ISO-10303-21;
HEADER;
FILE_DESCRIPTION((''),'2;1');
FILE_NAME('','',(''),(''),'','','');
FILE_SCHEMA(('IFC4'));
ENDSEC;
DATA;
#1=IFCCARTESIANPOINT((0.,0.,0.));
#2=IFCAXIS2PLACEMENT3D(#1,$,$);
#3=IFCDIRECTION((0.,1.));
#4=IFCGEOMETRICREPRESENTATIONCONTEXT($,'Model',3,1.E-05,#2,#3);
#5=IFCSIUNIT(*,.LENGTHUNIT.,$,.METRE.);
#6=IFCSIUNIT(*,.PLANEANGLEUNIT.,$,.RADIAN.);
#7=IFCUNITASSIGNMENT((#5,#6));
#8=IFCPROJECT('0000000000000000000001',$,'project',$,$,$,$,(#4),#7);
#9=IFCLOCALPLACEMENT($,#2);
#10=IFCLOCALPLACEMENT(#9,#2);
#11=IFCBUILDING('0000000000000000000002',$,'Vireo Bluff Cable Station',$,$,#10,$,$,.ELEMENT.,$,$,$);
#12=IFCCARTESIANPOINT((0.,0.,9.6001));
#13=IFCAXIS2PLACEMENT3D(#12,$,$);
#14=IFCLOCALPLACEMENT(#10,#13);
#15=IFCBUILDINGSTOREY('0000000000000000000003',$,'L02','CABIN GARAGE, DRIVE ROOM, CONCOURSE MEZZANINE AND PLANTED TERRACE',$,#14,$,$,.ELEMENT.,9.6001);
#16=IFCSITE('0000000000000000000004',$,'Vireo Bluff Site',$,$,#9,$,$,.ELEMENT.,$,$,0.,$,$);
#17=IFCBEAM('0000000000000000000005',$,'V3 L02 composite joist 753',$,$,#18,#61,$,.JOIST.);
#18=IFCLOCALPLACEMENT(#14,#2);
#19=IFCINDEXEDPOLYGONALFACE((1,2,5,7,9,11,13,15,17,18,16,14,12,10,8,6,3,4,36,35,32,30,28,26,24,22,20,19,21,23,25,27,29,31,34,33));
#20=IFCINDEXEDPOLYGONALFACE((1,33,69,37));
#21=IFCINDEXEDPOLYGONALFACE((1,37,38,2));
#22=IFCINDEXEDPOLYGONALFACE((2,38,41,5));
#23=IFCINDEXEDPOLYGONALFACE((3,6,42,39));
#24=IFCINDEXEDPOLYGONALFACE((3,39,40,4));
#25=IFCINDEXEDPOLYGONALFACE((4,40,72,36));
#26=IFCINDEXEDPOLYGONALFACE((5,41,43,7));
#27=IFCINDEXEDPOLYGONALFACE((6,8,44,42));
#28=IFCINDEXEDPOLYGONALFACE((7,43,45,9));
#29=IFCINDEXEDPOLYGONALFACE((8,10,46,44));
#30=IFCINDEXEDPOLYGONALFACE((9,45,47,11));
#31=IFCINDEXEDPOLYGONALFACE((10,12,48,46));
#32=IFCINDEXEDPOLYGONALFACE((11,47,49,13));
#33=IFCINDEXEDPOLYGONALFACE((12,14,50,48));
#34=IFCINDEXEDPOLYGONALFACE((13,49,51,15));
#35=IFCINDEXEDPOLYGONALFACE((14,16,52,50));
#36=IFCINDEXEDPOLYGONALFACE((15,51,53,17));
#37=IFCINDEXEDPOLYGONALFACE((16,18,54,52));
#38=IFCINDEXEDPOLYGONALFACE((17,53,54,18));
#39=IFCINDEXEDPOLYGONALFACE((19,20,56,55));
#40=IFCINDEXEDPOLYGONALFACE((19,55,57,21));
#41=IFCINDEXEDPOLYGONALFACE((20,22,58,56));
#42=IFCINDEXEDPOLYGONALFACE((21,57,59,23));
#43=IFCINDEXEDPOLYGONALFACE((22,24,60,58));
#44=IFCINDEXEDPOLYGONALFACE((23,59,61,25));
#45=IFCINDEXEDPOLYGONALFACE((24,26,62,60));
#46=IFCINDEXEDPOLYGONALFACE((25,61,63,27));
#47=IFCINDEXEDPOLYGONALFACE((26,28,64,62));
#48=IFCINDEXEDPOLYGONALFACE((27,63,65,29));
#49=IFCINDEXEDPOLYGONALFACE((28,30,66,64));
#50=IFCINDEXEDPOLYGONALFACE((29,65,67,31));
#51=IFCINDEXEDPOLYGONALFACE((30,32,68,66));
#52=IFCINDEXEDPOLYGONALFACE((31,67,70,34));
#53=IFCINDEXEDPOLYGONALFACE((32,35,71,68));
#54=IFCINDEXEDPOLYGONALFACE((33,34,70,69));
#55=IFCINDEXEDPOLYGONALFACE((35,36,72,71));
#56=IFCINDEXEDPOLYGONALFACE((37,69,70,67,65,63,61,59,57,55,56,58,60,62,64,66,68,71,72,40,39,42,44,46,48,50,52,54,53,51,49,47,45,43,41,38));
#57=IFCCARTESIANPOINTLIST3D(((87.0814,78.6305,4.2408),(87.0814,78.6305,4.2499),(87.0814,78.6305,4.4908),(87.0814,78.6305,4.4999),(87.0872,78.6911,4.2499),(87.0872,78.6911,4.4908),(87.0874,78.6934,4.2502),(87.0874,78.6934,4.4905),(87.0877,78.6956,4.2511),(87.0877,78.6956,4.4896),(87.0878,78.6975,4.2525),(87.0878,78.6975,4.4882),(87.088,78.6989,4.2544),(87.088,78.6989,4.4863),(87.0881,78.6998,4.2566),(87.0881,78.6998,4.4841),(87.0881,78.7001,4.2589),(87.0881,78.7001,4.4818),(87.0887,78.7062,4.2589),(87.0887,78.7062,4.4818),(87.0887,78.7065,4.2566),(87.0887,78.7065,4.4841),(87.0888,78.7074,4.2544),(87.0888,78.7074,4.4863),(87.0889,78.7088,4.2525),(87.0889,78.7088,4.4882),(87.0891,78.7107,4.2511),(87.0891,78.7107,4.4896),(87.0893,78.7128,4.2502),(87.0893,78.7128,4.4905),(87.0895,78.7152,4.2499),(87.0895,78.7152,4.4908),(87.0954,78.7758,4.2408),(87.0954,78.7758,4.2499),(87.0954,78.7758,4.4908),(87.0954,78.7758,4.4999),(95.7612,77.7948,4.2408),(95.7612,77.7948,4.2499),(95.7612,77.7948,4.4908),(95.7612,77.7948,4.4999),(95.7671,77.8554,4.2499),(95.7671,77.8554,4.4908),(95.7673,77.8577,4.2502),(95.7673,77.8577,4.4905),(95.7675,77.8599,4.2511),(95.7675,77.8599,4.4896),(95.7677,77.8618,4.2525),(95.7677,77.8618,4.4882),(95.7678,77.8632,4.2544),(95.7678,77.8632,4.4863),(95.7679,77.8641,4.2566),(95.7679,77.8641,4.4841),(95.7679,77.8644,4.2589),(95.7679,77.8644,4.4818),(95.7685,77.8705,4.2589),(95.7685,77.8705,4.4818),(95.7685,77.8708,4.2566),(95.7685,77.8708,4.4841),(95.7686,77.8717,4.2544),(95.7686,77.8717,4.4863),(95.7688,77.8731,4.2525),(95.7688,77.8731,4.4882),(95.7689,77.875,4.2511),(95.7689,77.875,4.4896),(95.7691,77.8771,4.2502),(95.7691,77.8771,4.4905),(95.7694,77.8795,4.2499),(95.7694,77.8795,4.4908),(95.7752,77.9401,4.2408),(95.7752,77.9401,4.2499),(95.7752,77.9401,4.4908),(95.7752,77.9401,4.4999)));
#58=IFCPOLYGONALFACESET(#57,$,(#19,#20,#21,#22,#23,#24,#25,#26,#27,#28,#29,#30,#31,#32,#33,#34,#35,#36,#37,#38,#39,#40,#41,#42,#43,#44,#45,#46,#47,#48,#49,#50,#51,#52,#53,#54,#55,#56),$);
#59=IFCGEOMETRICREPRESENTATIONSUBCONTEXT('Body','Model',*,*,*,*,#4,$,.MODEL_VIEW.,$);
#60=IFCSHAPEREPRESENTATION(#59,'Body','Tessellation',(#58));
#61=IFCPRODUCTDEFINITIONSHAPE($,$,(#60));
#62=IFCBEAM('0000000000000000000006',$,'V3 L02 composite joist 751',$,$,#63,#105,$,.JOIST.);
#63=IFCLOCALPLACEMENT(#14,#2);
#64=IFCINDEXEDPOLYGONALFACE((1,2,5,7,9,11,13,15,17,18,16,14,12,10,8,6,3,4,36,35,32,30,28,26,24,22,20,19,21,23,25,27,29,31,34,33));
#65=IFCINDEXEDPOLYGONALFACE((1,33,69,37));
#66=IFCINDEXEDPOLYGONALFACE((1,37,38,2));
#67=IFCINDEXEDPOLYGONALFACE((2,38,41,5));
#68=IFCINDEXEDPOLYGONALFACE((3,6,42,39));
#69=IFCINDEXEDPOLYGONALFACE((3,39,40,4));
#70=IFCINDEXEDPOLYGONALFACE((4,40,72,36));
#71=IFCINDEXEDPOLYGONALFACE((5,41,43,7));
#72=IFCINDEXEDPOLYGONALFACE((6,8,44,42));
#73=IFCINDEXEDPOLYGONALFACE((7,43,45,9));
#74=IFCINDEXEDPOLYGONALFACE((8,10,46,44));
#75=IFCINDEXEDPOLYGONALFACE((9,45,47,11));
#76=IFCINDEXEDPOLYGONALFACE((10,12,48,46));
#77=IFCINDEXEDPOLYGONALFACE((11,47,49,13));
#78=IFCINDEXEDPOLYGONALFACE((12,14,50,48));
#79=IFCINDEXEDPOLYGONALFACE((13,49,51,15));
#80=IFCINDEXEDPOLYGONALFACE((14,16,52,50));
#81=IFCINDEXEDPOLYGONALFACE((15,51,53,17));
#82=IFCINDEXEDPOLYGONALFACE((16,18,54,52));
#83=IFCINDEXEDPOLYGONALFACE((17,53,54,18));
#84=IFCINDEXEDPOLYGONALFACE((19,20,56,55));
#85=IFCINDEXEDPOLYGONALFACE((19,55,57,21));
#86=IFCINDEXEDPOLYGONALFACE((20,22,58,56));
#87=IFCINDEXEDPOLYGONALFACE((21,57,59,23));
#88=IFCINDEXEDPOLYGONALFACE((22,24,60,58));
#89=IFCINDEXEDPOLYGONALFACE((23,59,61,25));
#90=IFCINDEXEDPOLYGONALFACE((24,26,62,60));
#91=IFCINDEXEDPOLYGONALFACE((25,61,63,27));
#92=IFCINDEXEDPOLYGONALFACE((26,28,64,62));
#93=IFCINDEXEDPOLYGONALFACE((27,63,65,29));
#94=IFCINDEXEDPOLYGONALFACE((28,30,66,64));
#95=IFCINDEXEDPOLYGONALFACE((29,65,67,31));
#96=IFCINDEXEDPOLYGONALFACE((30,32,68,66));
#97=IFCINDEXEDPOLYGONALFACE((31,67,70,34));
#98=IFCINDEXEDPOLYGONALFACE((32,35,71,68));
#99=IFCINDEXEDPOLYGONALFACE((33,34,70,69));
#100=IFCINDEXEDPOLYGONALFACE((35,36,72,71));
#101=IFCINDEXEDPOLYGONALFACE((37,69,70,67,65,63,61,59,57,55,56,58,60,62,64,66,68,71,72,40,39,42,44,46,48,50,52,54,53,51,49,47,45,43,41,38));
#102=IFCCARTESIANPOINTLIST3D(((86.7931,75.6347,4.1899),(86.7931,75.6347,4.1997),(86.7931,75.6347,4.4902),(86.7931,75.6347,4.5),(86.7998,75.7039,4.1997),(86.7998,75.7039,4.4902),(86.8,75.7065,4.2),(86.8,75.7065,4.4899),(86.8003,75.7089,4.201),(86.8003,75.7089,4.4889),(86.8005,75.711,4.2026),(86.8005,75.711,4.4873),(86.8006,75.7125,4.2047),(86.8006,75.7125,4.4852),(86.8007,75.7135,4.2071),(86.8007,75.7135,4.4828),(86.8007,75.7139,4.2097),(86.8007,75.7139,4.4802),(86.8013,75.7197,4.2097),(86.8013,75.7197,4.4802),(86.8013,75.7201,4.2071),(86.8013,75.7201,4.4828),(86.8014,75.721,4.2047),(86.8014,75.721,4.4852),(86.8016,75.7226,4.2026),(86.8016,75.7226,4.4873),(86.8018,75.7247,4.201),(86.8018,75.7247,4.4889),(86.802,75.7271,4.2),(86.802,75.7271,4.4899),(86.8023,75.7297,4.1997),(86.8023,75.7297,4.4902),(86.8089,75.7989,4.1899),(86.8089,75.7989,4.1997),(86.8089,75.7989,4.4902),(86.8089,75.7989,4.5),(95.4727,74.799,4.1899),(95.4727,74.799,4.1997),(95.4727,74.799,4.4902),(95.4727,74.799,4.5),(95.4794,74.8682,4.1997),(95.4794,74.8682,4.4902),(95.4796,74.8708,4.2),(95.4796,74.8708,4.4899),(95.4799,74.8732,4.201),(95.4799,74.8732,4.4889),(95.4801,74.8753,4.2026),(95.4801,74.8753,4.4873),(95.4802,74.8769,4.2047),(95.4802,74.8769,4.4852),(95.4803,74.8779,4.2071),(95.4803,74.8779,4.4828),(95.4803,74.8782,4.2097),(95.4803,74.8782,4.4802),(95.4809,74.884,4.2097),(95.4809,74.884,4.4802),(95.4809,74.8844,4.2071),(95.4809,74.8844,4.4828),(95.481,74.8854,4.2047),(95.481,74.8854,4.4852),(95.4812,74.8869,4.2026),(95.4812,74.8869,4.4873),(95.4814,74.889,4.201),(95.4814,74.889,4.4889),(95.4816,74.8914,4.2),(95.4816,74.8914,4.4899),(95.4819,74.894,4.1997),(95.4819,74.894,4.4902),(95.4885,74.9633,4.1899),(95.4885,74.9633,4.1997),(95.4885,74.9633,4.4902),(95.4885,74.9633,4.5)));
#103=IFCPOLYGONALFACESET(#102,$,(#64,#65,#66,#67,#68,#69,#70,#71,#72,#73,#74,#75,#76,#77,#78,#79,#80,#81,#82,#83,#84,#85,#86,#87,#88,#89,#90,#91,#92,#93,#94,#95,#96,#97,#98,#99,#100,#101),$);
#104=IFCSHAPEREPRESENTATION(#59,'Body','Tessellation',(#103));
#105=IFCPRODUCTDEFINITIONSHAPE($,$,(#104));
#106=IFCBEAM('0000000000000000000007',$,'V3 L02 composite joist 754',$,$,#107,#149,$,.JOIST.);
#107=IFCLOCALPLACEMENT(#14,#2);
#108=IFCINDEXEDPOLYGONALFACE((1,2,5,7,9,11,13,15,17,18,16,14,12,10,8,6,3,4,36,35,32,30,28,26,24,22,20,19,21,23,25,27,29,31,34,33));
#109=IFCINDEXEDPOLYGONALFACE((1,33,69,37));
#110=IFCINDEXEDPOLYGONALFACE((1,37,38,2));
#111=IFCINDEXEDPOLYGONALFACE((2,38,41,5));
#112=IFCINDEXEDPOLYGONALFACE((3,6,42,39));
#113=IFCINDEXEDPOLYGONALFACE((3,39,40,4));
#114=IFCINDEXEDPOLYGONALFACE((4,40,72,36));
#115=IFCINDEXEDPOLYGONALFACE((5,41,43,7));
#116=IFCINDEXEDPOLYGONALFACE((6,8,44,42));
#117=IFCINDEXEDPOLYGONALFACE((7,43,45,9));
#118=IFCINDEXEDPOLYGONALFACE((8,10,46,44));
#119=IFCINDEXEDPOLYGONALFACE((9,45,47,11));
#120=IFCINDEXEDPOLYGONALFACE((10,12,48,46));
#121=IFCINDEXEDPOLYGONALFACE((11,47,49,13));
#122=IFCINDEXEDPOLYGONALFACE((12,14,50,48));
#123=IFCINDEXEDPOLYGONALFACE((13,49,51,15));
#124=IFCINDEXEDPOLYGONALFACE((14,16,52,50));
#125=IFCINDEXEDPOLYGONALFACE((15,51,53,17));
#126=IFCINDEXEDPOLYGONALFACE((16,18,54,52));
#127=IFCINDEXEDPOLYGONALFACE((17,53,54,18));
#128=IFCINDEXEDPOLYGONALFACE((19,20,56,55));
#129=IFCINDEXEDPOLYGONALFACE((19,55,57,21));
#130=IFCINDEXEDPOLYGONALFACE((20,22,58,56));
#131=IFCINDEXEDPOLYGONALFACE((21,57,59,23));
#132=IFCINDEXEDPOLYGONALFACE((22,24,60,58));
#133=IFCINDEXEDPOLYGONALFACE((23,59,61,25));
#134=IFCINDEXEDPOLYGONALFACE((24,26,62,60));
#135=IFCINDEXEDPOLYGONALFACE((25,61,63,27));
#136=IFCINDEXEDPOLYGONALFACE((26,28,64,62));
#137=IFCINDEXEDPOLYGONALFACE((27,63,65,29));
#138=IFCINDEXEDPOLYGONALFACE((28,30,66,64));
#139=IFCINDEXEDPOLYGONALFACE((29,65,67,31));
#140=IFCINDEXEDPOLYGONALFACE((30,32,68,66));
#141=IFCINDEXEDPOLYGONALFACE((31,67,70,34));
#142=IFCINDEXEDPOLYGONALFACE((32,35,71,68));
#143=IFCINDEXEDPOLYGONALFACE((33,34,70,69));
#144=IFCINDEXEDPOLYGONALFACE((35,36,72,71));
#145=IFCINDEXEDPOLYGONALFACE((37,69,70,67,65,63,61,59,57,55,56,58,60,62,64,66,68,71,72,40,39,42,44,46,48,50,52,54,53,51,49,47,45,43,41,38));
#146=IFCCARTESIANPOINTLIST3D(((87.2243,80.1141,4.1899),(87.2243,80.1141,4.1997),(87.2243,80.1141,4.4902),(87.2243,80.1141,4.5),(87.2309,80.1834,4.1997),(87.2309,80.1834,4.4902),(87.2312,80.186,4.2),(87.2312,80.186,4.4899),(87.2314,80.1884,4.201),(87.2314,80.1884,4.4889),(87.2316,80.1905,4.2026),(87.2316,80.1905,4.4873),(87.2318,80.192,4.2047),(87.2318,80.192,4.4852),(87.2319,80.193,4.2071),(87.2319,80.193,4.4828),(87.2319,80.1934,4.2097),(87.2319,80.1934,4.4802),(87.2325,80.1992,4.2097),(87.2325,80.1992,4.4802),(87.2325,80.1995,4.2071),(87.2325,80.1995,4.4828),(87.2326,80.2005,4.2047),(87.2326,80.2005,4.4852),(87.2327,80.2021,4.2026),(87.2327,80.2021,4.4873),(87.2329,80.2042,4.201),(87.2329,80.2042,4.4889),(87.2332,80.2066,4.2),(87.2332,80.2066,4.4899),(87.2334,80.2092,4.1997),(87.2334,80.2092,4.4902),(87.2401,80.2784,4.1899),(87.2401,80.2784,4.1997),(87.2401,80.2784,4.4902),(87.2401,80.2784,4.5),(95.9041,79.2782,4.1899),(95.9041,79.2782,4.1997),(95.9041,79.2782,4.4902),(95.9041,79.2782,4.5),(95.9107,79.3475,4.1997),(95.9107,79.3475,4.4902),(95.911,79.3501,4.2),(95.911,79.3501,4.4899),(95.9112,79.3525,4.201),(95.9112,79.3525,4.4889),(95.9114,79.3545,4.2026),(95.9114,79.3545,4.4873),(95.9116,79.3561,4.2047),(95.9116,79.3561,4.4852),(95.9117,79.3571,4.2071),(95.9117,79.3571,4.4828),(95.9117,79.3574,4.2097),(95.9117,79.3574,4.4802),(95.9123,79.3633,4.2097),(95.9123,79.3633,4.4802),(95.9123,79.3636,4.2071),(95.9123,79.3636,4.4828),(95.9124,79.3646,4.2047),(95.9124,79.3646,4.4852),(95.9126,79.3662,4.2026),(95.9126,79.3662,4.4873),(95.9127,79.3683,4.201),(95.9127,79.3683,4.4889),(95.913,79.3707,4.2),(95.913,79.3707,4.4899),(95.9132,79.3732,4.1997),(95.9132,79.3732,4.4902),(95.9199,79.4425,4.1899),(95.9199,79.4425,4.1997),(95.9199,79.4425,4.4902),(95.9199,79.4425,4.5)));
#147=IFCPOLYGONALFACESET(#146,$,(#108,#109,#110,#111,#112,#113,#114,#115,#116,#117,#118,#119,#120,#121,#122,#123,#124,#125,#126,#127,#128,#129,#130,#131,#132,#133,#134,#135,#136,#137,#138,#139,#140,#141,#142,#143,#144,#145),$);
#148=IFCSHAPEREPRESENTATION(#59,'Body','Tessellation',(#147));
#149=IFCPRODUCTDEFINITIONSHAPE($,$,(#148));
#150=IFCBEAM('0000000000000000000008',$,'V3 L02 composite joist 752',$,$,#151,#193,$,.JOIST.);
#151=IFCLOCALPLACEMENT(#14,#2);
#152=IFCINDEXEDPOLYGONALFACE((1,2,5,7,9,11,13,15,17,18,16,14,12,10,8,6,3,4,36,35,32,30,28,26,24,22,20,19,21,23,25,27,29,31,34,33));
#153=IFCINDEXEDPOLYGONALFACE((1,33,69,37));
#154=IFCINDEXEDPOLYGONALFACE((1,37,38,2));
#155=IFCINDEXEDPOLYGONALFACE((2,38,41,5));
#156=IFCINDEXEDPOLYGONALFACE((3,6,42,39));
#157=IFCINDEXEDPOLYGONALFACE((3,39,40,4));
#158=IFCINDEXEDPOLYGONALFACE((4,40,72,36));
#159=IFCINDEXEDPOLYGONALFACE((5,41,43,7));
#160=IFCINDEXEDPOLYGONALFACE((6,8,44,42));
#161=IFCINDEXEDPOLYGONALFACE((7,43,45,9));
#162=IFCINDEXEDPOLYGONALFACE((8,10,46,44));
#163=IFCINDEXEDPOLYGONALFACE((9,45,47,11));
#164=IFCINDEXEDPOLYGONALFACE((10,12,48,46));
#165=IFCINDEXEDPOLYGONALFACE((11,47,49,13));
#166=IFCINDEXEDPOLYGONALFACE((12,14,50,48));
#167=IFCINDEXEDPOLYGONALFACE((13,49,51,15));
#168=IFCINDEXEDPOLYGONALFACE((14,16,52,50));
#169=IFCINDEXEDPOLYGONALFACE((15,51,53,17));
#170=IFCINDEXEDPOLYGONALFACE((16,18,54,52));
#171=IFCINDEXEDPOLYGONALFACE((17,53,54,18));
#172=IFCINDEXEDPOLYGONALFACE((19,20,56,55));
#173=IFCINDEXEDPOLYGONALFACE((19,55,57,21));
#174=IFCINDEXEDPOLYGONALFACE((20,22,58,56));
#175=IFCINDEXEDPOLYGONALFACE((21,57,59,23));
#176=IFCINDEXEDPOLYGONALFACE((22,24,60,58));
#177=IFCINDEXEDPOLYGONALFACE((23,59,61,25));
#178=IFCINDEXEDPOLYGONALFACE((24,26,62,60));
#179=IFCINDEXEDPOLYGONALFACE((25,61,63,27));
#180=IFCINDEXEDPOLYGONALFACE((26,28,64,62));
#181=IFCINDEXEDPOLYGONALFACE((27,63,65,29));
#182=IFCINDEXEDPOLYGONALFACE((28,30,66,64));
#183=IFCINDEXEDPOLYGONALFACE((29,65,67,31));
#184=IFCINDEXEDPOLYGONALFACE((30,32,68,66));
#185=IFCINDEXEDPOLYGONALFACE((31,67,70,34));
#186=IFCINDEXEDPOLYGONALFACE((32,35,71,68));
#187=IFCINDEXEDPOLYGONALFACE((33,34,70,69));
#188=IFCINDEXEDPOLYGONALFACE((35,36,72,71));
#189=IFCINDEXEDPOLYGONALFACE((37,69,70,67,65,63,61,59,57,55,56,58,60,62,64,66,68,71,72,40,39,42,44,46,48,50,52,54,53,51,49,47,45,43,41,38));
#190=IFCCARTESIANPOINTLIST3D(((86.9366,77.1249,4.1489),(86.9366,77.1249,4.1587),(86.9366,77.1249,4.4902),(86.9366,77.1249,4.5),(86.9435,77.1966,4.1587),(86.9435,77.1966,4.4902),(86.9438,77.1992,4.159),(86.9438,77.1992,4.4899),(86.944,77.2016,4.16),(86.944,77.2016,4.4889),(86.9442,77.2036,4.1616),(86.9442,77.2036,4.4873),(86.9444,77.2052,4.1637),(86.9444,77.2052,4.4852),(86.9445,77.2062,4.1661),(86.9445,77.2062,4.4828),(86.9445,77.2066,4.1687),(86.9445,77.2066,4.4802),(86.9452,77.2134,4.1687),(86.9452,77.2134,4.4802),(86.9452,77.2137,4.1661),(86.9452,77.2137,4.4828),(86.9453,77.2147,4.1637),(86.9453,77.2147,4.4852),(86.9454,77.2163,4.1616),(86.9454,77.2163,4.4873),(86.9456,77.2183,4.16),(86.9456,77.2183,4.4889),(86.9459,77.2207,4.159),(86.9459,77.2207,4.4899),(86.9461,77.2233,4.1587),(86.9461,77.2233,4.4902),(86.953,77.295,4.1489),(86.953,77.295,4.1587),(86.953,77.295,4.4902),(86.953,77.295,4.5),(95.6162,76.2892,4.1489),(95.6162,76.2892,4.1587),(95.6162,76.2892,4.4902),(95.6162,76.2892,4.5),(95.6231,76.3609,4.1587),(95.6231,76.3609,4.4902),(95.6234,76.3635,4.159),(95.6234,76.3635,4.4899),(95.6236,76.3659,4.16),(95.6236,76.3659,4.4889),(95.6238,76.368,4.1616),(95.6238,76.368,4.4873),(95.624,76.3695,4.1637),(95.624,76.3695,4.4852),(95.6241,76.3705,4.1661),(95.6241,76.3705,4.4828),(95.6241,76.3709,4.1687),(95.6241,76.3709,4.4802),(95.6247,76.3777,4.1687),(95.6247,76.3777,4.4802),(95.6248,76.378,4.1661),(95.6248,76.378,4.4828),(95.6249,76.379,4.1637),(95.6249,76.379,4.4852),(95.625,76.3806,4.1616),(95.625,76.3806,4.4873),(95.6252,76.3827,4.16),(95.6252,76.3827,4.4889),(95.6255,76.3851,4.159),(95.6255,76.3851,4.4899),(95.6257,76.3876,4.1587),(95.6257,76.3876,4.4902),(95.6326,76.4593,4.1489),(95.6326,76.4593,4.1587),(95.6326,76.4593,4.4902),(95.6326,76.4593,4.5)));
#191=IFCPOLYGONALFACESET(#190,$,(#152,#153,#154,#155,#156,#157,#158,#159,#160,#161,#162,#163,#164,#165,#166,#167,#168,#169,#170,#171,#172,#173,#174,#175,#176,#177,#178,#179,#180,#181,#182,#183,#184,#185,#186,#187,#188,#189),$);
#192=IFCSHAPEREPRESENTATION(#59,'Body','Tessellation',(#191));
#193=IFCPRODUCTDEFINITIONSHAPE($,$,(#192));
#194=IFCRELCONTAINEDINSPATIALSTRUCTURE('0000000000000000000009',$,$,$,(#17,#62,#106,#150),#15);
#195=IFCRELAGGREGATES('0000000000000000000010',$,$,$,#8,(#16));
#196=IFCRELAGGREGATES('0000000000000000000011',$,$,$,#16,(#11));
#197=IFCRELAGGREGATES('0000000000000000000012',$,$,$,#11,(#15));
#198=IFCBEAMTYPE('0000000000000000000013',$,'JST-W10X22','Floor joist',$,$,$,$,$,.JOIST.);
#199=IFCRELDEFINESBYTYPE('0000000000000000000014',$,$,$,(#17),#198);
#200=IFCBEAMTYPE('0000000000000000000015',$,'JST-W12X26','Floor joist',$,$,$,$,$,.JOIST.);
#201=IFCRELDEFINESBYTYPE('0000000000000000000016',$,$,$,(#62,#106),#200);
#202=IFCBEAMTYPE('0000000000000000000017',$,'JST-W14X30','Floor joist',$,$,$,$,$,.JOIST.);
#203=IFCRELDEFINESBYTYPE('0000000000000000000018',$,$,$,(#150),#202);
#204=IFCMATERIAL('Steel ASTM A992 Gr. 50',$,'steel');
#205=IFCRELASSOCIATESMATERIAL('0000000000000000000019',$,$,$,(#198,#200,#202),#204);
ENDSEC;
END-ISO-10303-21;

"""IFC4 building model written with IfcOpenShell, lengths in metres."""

from ifc_helpers import new_model, si_unit, direction, frame, origin, origin_2d, place, context, subcontext, project, spatial, i_section, extrude, material, material_profile, profile_set, type_object, element, save


model = new_model("IFC4")

# Units and contexts
model_context = context("Model", 3, precision=1e-05, world=origin(), true_north=direction((0.0, 1.0)))
body_context = subcontext(model_context, "Body", "Model", "MODEL_VIEW")
ifc_project = project(units=[si_unit("LENGTHUNIT", "METRE"), si_unit("PLANEANGLEUNIT", "RADIAN")], contexts=[model_context])

# Site, building, storey
site_placement = place(None, origin())
site = spatial("IfcSite", under=ifc_project, at=site_placement, Name="Vireo Bluff Site", CompositionType="ELEMENT", RefElevation=0.0)
building_placement = place(site_placement, origin())
building = spatial("IfcBuilding", under=site, at=building_placement, Name="Vireo Bluff Cable Station", CompositionType="ELEMENT")
storey_placement = place(building_placement, frame((0.0, 0.0, 9.6001)))
storey = spatial("IfcBuildingStorey", under=building, at=storey_placement, Name="L02", Description="CABIN GARAGE, DRIVE ROOM, CONCOURSE MEZZANINE AND PLANTED TERRACE", CompositionType="ELEMENT", Elevation=9.6001)

# Beams
ifc_material_1 = material(Name="Steel ASTM A992 Gr. 50", Category="steel")
ifc_material_profile_1 = material_profile(ifc_material_1, i_section(OverallWidth=0.146, OverallDepth=0.259, WebThickness=0.0061, FlangeThickness=0.009, FilletRadius=0.009, at=origin_2d()), Name="W10X22")
ifc_profile_set_1 = profile_set([ifc_material_profile_1], Name="Steel ASTM A992 Gr. 50")
beam_type_1 = type_object("IfcBeamType", Name="JST-W10X22", Description="Floor joist", PredefinedType="JOIST", material=ifc_profile_set_1)
beam_1_placement = place(storey_placement, frame((87.0884, 78.7031, 4.3704), z_axis=(0.995397, -0.095836, 0.0), x_axis=(0.095836, 0.995397, 0.0)))
element("IfcBeam", 1, at=beam_1_placement, inside=storey, type_object=beam_type_1, Name="V3 L02 composite joist 753", PredefinedType="JOIST", context=body_context, shape_type="SweptSolid", body=[
    extrude(i_section(OverallWidth=0.146, OverallDepth=0.259, WebThickness=0.0061, FlangeThickness=0.009, FilletRadius=0.009, at=origin_2d()), origin(), (0.0, 0.0, 1.0), 8.72),
])
ifc_material_profile_2 = material_profile(ifc_material_1, i_section(OverallWidth=0.165, OverallDepth=0.3101, WebThickness=0.0059, FlangeThickness=0.0098, FilletRadius=0.01, at=origin_2d()), Name="W12X26")
ifc_profile_set_2 = profile_set([ifc_material_profile_2], Name="Steel ASTM A992 Gr. 50")
beam_type_2 = type_object("IfcBeamType", Name="JST-W12X26", Description="Floor joist", PredefinedType="JOIST", material=ifc_profile_set_2)
beam_2_placement = place(storey_placement, frame((86.801, 75.7168, 4.345), z_axis=(0.995397, -0.095838, 0.0), x_axis=(0.095838, 0.995397, 0.0)))
element("IfcBeam", 2, at=beam_2_placement, inside=storey, type_object=beam_type_2, Name="V3 L02 composite joist 751", PredefinedType="JOIST", context=body_context, shape_type="SweptSolid", body=[
    extrude(i_section(OverallWidth=0.165, OverallDepth=0.3101, WebThickness=0.0059, FlangeThickness=0.0098, FilletRadius=0.01, at=origin_2d()), origin(), (0.0, 0.0, 1.0), 8.7197),
])
beam_3_placement = place(storey_placement, frame((87.2322, 80.1963, 4.345), z_axis=(0.995395, -0.095863, 0.0), x_axis=(0.095863, 0.995395, 0.0)))
element("IfcBeam", 3, at=beam_3_placement, inside=storey, type_object=beam_type_2, Name="V3 L02 composite joist 754", PredefinedType="JOIST", context=body_context, shape_type="SweptSolid", body=[
    extrude(i_section(OverallWidth=0.165, OverallDepth=0.3101, WebThickness=0.0059, FlangeThickness=0.0098, FilletRadius=0.01, at=origin_2d()), origin(), (0.0, 0.0, 1.0), 8.72),
])
ifc_material_profile_3 = material_profile(ifc_material_1, i_section(OverallWidth=0.1709, OverallDepth=0.3511, WebThickness=0.0068, FlangeThickness=0.0098, FilletRadius=0.01, at=origin_2d()), Name="W14X30")
ifc_profile_set_3 = profile_set([ifc_material_profile_3], Name="Steel ASTM A992 Gr. 50")
beam_type_3 = type_object("IfcBeamType", Name="JST-W14X30", Description="Floor joist", PredefinedType="JOIST", material=ifc_profile_set_3)
beam_4_placement = place(storey_placement, frame((86.9448, 77.21, 4.3245), z_axis=(0.995397, -0.095838, 0.0), x_axis=(0.095838, 0.995397, 0.0)))
element("IfcBeam", 4, at=beam_4_placement, inside=storey, type_object=beam_type_3, Name="V3 L02 composite joist 752", PredefinedType="JOIST", context=body_context, shape_type="SweptSolid", body=[
    extrude(i_section(OverallWidth=0.1709, OverallDepth=0.3511, WebThickness=0.0068, FlangeThickness=0.0098, FilletRadius=0.01, at=origin_2d()), origin(), (0.0, 0.0, 1.0), 8.7197),
])

save(model, "model.ifc")
